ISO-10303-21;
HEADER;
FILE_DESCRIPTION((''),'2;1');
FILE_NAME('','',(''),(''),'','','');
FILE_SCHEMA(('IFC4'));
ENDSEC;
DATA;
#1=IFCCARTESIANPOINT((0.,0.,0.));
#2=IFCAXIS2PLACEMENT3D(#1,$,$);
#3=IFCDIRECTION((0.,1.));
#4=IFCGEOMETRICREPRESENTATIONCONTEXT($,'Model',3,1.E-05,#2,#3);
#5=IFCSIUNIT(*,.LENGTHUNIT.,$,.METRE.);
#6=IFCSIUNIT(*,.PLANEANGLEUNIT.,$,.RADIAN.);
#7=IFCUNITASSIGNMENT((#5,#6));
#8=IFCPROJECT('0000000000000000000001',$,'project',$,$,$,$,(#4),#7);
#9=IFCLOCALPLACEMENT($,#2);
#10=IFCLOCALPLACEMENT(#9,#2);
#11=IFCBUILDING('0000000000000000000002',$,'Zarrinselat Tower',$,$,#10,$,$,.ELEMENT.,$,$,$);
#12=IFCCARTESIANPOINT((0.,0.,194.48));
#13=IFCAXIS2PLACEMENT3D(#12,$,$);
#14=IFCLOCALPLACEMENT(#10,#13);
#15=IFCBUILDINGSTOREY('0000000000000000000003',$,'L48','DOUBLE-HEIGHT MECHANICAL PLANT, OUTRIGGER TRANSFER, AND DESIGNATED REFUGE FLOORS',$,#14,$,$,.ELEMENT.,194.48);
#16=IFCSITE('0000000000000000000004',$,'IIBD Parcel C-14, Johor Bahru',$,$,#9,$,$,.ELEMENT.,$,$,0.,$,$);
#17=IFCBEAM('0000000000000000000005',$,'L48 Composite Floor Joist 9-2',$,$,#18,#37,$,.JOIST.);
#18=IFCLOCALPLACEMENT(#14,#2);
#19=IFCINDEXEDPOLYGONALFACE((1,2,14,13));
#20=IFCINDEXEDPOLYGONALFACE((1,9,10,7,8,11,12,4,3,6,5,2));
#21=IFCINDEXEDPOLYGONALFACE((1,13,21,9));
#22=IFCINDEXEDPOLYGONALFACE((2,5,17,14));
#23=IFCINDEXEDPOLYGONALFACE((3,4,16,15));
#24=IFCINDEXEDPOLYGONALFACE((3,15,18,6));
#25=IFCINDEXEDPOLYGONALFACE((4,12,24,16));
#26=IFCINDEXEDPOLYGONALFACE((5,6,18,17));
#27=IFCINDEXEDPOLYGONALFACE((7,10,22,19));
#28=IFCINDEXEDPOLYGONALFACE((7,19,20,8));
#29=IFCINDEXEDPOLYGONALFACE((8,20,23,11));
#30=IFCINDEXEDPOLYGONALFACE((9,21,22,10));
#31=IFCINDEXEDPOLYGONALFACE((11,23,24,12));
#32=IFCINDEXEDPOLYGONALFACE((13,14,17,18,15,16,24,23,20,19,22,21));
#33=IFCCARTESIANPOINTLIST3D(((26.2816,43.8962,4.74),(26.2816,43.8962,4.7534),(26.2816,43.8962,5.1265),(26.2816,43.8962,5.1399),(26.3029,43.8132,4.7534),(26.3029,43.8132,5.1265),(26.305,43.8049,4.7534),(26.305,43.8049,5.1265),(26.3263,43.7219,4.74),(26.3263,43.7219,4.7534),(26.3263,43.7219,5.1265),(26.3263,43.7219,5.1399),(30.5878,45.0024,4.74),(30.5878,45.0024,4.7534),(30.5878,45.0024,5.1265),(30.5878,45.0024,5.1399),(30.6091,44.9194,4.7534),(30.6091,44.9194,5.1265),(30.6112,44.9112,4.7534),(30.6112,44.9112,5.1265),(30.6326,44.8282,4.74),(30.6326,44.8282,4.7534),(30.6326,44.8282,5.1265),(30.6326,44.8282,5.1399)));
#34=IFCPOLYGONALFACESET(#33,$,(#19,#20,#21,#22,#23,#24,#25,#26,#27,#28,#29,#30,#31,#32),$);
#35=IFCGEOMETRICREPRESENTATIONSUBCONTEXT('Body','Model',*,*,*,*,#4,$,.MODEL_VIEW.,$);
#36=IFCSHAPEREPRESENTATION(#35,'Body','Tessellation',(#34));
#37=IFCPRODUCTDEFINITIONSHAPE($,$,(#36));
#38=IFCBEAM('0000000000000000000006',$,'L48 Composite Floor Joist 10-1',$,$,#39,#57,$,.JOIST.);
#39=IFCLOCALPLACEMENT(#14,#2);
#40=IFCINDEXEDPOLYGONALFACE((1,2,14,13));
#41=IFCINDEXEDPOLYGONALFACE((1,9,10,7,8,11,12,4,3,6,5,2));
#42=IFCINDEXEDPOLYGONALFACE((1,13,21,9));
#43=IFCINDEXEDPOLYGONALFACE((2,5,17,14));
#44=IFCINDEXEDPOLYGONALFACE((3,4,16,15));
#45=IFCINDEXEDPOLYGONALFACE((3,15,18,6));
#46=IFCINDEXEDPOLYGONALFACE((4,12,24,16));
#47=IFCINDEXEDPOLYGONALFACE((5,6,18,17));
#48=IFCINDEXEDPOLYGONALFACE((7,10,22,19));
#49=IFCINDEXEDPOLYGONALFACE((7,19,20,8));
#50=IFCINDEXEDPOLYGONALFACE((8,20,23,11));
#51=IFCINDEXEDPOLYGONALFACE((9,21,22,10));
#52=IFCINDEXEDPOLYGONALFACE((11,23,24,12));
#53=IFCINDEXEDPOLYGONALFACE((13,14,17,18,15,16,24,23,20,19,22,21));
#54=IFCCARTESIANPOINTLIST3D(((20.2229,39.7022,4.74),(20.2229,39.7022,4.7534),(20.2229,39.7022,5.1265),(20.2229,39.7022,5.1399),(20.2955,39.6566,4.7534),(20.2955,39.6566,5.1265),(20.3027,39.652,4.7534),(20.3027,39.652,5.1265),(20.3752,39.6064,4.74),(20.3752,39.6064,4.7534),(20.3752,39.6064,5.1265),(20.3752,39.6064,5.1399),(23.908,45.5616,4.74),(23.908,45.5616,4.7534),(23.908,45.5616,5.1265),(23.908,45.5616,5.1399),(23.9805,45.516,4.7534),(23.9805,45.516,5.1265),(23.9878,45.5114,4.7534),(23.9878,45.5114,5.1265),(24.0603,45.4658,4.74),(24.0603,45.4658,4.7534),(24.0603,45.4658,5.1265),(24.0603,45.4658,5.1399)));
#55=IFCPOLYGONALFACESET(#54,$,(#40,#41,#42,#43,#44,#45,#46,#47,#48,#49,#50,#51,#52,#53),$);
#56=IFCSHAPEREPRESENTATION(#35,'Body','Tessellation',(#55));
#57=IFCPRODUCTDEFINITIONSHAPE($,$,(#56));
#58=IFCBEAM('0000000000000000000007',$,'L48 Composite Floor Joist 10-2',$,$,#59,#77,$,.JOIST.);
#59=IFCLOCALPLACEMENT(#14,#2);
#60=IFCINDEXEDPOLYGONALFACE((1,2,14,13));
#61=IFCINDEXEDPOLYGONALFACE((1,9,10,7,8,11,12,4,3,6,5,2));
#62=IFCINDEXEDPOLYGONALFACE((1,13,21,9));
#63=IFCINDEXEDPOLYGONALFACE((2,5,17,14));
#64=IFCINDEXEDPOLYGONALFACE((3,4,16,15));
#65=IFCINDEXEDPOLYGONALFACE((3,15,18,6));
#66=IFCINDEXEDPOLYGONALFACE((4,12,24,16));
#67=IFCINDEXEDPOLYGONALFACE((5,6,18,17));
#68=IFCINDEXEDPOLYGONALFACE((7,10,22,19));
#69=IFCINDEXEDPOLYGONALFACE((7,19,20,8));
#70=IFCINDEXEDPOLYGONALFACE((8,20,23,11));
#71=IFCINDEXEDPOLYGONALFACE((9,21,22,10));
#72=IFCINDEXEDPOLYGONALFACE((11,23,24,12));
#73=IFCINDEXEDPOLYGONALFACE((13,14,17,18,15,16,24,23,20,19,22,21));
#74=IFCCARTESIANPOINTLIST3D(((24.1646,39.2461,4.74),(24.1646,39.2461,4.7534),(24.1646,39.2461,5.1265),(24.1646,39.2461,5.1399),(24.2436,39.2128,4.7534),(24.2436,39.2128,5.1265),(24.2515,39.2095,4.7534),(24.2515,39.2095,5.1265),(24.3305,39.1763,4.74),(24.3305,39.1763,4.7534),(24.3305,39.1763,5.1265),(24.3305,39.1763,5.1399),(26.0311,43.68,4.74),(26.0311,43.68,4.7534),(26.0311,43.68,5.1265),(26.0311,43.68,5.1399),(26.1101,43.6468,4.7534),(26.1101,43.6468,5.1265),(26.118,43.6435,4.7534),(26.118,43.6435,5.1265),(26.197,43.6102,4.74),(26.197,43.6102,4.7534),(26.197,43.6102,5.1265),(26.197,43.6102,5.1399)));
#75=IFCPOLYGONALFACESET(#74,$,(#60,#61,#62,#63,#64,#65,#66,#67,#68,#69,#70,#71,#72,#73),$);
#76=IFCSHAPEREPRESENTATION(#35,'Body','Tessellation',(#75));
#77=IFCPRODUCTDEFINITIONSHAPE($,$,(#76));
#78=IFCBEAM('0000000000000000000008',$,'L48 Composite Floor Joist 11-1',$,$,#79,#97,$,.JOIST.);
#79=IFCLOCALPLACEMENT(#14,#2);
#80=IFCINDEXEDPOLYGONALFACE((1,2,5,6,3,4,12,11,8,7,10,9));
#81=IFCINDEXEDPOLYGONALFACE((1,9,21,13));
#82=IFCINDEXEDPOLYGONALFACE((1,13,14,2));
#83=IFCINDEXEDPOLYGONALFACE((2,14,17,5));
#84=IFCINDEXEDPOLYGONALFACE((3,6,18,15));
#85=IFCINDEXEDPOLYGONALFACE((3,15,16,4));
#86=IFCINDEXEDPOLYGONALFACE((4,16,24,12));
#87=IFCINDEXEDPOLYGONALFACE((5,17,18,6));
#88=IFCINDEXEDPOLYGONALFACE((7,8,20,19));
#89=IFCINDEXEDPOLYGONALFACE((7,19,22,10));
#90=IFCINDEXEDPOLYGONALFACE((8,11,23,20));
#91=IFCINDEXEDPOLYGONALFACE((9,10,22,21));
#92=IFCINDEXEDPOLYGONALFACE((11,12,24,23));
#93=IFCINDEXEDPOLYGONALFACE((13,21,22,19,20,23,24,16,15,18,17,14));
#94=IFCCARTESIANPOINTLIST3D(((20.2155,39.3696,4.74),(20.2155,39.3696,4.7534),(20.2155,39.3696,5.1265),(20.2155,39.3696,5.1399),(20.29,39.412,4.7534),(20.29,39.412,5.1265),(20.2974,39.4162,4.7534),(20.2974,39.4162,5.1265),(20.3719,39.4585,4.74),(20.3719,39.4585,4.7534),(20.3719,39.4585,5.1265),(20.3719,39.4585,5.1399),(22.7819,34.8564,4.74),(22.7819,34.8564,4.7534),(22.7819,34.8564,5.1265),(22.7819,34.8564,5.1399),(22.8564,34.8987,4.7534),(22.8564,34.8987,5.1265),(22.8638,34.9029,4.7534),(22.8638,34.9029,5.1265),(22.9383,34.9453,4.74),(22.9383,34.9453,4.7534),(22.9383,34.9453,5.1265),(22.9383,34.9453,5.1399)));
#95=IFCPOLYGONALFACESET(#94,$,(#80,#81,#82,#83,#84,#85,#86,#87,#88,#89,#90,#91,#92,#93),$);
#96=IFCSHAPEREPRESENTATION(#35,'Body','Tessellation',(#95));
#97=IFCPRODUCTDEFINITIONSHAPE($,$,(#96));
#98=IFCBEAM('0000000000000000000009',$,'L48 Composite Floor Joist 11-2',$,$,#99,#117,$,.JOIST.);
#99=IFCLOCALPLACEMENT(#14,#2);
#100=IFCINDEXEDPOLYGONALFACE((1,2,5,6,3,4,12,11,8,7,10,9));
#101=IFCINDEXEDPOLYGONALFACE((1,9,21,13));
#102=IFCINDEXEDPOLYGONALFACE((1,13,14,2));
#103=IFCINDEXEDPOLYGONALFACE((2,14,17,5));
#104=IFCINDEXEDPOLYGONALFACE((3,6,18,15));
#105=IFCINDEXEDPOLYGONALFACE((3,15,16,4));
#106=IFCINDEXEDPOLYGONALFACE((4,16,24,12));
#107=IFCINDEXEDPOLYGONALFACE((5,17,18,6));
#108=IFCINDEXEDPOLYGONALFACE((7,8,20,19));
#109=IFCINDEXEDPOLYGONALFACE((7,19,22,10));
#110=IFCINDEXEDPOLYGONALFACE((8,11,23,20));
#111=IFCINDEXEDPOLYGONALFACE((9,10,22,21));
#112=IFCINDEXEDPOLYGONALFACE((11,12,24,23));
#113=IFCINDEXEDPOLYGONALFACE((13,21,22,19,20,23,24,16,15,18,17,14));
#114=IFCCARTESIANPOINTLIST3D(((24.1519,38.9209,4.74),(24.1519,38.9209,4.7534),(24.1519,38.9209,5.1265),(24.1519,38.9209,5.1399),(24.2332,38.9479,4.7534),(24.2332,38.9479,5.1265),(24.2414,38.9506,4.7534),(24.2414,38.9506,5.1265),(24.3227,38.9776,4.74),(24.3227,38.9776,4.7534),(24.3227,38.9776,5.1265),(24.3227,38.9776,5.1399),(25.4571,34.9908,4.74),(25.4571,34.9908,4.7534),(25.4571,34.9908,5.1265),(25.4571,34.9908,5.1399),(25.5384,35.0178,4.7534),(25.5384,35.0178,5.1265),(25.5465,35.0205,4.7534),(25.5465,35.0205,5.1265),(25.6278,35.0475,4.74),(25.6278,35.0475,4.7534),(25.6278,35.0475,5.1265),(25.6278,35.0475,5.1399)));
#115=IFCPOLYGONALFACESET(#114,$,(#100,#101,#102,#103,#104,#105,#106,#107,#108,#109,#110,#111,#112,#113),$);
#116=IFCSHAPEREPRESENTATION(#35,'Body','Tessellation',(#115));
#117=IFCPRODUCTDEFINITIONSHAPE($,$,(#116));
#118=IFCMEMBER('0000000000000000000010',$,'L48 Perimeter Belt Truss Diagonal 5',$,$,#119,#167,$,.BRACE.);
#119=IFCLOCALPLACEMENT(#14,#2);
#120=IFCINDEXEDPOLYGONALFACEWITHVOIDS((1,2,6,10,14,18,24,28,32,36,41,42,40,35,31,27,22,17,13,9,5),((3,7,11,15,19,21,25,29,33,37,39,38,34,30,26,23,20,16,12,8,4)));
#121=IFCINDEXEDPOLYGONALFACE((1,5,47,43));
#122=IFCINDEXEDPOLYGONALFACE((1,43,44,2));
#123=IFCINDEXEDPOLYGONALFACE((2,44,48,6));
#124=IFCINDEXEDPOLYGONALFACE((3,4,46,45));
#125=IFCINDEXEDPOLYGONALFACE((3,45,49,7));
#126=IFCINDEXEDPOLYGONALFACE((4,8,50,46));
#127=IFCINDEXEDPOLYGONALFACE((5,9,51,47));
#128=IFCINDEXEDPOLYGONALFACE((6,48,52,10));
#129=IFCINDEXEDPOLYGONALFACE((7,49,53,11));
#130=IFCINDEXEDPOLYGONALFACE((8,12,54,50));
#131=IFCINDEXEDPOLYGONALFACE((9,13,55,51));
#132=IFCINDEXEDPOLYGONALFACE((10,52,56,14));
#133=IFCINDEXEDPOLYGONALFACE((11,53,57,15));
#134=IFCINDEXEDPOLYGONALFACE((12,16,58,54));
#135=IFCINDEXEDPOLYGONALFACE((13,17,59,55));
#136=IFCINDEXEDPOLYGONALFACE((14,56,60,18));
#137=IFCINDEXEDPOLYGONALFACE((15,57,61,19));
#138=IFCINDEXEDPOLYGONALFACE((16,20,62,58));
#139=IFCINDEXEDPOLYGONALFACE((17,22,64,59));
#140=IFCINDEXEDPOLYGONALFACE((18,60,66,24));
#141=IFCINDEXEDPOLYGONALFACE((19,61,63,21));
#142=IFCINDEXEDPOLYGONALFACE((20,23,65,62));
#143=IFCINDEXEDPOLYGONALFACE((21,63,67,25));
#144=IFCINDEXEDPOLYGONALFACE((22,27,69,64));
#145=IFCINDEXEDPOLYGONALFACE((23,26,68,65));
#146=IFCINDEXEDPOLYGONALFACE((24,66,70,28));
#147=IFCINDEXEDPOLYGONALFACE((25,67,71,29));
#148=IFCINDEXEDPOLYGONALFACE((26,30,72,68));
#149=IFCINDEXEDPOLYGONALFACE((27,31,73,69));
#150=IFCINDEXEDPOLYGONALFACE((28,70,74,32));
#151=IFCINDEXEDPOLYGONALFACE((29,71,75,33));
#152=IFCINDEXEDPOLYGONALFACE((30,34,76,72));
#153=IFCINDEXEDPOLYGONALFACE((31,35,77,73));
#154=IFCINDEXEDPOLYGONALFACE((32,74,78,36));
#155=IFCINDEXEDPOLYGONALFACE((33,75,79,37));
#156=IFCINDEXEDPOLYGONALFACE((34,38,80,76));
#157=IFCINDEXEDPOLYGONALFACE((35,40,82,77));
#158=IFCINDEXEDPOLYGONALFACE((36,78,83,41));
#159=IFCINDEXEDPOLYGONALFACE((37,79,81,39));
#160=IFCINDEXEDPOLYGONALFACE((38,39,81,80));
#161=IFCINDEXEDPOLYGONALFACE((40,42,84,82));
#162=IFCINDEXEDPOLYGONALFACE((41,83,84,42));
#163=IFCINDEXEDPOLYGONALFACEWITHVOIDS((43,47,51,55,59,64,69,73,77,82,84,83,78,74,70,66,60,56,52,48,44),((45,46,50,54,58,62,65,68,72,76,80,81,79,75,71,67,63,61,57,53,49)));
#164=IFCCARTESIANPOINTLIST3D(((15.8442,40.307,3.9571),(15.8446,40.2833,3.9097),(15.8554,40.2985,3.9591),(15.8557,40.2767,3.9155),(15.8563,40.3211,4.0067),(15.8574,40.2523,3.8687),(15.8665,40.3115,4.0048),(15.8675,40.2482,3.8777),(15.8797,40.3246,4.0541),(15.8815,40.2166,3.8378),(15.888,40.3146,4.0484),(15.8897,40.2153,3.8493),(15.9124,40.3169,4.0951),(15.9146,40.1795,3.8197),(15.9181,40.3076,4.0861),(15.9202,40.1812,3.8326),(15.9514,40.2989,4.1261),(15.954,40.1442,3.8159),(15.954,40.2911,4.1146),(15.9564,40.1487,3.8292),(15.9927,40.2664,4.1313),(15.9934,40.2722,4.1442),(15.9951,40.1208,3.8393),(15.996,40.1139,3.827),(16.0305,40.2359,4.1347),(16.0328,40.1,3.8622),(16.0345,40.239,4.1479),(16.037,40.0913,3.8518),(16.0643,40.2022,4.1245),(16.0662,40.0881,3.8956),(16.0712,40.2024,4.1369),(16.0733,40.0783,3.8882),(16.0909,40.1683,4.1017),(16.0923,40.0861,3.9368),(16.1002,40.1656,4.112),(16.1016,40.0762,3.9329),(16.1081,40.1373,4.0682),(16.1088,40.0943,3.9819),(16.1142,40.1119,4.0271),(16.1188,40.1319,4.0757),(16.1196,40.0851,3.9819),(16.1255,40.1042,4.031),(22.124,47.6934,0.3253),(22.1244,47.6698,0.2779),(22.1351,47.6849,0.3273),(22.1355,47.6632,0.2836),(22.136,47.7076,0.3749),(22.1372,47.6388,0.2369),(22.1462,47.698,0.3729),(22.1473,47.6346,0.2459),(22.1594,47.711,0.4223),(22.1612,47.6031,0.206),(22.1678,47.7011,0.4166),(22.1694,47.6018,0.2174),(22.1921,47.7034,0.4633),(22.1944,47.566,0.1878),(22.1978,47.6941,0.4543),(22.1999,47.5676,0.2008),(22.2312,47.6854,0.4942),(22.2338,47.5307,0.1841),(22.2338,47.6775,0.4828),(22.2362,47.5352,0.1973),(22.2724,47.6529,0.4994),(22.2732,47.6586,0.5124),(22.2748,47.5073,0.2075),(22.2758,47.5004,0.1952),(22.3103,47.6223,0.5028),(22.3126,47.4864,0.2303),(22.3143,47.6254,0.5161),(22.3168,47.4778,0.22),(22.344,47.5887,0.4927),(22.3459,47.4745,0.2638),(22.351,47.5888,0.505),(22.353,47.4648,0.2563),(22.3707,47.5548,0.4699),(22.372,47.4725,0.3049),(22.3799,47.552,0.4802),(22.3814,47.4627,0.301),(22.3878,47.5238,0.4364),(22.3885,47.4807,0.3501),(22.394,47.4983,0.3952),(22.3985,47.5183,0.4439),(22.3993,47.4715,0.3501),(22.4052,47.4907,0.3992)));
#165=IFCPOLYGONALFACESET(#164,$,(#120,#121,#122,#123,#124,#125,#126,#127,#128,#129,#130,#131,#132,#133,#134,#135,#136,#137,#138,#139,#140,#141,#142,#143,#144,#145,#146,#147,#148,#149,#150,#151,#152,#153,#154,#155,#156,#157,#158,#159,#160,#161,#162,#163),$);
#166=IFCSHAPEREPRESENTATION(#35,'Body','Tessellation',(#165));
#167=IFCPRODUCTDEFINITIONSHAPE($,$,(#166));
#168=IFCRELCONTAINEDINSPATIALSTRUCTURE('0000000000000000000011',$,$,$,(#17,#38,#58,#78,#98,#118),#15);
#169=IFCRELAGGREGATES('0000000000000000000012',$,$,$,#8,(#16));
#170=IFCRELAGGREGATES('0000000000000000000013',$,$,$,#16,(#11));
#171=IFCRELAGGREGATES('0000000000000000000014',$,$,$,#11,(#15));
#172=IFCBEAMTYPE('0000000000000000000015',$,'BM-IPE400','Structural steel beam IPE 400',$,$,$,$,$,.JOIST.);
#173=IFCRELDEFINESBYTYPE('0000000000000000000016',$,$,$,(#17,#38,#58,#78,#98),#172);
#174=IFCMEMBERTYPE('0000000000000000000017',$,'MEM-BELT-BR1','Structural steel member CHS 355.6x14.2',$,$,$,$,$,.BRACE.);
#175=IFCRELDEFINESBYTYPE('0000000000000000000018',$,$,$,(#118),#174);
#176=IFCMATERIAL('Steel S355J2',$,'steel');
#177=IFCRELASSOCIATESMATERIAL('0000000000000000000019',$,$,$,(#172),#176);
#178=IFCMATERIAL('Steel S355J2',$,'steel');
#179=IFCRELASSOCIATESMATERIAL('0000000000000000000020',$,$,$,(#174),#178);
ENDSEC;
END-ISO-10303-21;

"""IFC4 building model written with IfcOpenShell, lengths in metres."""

from ifc_helpers import new_model, si_unit, direction, frame, origin, origin_2d, place, context, subcontext, project, spatial, hollow_circle, i_section, extrude, material, material_profile, profile_set, type_object, element, save


model = new_model("IFC4")

# Units and contexts
model_context = context("Model", 3, precision=1e-05, world=origin(), true_north=direction((0.0, 1.0)))
body_context = subcontext(model_context, "Body", "Model", "MODEL_VIEW")
ifc_project = project(units=[si_unit("LENGTHUNIT", "METRE"), si_unit("PLANEANGLEUNIT", "RADIAN")], contexts=[model_context])

# Site, building, storey
site_placement = place(None, origin())
site = spatial("IfcSite", under=ifc_project, at=site_placement, Name="IIBD Parcel C-14, Johor Bahru", CompositionType="ELEMENT", RefElevation=0.0)
building_placement = place(site_placement, origin())
building = spatial("IfcBuilding", under=site, at=building_placement, Name="Zarrinselat Tower", CompositionType="ELEMENT")
storey_placement = place(building_placement, frame((0.0, 0.0, 194.48)))
storey = spatial("IfcBuildingStorey", under=building, at=storey_placement, Name="L48", Description="DOUBLE-HEIGHT MECHANICAL PLANT, OUTRIGGER TRANSFER, AND DESIGNATED REFUGE FLOORS", CompositionType="ELEMENT", Elevation=194.48)

# Beams
ifc_material_1 = material(Name="Steel S355J2", Category="steel")
ifc_material_profile_1 = material_profile(ifc_material_1, i_section(OverallWidth=0.1799, OverallDepth=0.3999, WebThickness=0.0085, FlangeThickness=0.0134, at=origin_2d()), Name="IPE 400")
ifc_profile_set_1 = profile_set([ifc_material_profile_1], Name="Steel S355J2")
beam_type_1 = type_object("IfcBeamType", Name="BM-IPE400", Description="Structural steel beam IPE 400", PredefinedType="JOIST", material=ifc_profile_set_1)
beam_1_placement = place(storey_placement, frame((26.304, 43.8091, 4.9399), z_axis=(0.968552, 0.24881, 0.0), x_axis=(-0.24881, 0.968552, 0.0)))
element("IfcBeam", 1, at=beam_1_placement, inside=storey, type_object=beam_type_1, Name="L48 Composite Floor Joist 9-2", PredefinedType="JOIST", context=body_context, shape_type="SweptSolid", body=[
    extrude(i_section(OverallWidth=0.1799, OverallDepth=0.3999, WebThickness=0.0085, FlangeThickness=0.0134, at=origin_2d()), origin(), (0.0, 0.0, 1.0), 4.446),
])
beam_2_placement = place(storey_placement, frame((20.2991, 39.6543, 4.9399), z_axis=(0.532381, 0.846505, 0.0), x_axis=(-0.846505, 0.532381, 0.0)))
element("IfcBeam", 2, at=beam_2_placement, inside=storey, type_object=beam_type_1, Name="L48 Composite Floor Joist 10-1", PredefinedType="JOIST", context=body_context, shape_type="SweptSolid", body=[
    extrude(i_section(OverallWidth=0.1799, OverallDepth=0.3999, WebThickness=0.0085, FlangeThickness=0.0134, at=origin_2d()), origin(), (0.0, 0.0, 1.0), 6.9219),
])
beam_3_placement = place(storey_placement, frame((24.2476, 39.2112, 4.9399), z_axis=(0.387982, 0.921667, 0.0), x_axis=(-0.921667, 0.387982, 0.0)))
element("IfcBeam", 3, at=beam_3_placement, inside=storey, type_object=beam_type_1, Name="L48 Composite Floor Joist 10-2", PredefinedType="JOIST", context=body_context, shape_type="SweptSolid", body=[
    extrude(i_section(OverallWidth=0.1799, OverallDepth=0.3999, WebThickness=0.0085, FlangeThickness=0.0134, at=origin_2d()), origin(), (0.0, 0.0, 1.0), 4.8108),
])
beam_4_placement = place(storey_placement, frame((20.2937, 39.4141, 4.9399), z_axis=(0.494315, -0.869283, 0.0), x_axis=(0.869283, 0.494315, 0.0)))
element("IfcBeam", 4, at=beam_4_placement, inside=storey, type_object=beam_type_1, Name="L48 Composite Floor Joist 11-1", PredefinedType="JOIST", context=body_context, shape_type="SweptSolid", body=[
    extrude(i_section(OverallWidth=0.1799, OverallDepth=0.3999, WebThickness=0.0085, FlangeThickness=0.0134, at=origin_2d()), origin(), (0.0, 0.0, 1.0), 5.1919),
])
beam_5_placement = place(storey_placement, frame((24.2373, 38.9492, 4.9399), z_axis=(0.315166, -0.949036, 0.0), x_axis=(0.949036, 0.315166, 0.0)))
element("IfcBeam", 5, at=beam_5_placement, inside=storey, type_object=beam_type_1, Name="L48 Composite Floor Joist 11-2", PredefinedType="JOIST", context=body_context, shape_type="SweptSolid", body=[
    extrude(i_section(OverallWidth=0.1799, OverallDepth=0.3999, WebThickness=0.0085, FlangeThickness=0.0134, at=origin_2d()), origin(), (0.0, 0.0, 1.0), 4.1411),
])

# Member
ifc_material_2 = material(Name="Steel S355J2", Category="steel")
ifc_material_profile_2 = material_profile(ifc_material_2, hollow_circle(Radius=0.1777, WallThickness=0.0142, at=origin_2d()), Name="CHS 355.6x14.2")
ifc_profile_set_2 = profile_set([ifc_material_profile_2], Name="Steel S355J2")
member_type_1 = type_object("IfcMemberType", Name="MEM-BELT-BR1", Description="Structural steel member CHS 355.6x14.2", PredefinedType="BRACE", material=ifc_profile_set_2)
member_1_placement = place(storey_placement, frame((22.2639, 47.5867, 0.3501), z_axis=(-0.606563, -0.713458, 0.350798), x_axis=(0.761874, -0.647725, 0.0)))
element("IfcMember", 6, at=member_1_placement, inside=storey, type_object=member_type_1, Name="L48 Perimeter Belt Truss Diagonal 5", PredefinedType="BRACE", context=body_context, shape_type="SweptSolid", body=[
    extrude(hollow_circle(Radius=0.1777, WallThickness=0.0142, at=origin_2d()), origin(), (0.0, 0.0, 1.0), 10.353),
])

save(model, "model.ifc")
